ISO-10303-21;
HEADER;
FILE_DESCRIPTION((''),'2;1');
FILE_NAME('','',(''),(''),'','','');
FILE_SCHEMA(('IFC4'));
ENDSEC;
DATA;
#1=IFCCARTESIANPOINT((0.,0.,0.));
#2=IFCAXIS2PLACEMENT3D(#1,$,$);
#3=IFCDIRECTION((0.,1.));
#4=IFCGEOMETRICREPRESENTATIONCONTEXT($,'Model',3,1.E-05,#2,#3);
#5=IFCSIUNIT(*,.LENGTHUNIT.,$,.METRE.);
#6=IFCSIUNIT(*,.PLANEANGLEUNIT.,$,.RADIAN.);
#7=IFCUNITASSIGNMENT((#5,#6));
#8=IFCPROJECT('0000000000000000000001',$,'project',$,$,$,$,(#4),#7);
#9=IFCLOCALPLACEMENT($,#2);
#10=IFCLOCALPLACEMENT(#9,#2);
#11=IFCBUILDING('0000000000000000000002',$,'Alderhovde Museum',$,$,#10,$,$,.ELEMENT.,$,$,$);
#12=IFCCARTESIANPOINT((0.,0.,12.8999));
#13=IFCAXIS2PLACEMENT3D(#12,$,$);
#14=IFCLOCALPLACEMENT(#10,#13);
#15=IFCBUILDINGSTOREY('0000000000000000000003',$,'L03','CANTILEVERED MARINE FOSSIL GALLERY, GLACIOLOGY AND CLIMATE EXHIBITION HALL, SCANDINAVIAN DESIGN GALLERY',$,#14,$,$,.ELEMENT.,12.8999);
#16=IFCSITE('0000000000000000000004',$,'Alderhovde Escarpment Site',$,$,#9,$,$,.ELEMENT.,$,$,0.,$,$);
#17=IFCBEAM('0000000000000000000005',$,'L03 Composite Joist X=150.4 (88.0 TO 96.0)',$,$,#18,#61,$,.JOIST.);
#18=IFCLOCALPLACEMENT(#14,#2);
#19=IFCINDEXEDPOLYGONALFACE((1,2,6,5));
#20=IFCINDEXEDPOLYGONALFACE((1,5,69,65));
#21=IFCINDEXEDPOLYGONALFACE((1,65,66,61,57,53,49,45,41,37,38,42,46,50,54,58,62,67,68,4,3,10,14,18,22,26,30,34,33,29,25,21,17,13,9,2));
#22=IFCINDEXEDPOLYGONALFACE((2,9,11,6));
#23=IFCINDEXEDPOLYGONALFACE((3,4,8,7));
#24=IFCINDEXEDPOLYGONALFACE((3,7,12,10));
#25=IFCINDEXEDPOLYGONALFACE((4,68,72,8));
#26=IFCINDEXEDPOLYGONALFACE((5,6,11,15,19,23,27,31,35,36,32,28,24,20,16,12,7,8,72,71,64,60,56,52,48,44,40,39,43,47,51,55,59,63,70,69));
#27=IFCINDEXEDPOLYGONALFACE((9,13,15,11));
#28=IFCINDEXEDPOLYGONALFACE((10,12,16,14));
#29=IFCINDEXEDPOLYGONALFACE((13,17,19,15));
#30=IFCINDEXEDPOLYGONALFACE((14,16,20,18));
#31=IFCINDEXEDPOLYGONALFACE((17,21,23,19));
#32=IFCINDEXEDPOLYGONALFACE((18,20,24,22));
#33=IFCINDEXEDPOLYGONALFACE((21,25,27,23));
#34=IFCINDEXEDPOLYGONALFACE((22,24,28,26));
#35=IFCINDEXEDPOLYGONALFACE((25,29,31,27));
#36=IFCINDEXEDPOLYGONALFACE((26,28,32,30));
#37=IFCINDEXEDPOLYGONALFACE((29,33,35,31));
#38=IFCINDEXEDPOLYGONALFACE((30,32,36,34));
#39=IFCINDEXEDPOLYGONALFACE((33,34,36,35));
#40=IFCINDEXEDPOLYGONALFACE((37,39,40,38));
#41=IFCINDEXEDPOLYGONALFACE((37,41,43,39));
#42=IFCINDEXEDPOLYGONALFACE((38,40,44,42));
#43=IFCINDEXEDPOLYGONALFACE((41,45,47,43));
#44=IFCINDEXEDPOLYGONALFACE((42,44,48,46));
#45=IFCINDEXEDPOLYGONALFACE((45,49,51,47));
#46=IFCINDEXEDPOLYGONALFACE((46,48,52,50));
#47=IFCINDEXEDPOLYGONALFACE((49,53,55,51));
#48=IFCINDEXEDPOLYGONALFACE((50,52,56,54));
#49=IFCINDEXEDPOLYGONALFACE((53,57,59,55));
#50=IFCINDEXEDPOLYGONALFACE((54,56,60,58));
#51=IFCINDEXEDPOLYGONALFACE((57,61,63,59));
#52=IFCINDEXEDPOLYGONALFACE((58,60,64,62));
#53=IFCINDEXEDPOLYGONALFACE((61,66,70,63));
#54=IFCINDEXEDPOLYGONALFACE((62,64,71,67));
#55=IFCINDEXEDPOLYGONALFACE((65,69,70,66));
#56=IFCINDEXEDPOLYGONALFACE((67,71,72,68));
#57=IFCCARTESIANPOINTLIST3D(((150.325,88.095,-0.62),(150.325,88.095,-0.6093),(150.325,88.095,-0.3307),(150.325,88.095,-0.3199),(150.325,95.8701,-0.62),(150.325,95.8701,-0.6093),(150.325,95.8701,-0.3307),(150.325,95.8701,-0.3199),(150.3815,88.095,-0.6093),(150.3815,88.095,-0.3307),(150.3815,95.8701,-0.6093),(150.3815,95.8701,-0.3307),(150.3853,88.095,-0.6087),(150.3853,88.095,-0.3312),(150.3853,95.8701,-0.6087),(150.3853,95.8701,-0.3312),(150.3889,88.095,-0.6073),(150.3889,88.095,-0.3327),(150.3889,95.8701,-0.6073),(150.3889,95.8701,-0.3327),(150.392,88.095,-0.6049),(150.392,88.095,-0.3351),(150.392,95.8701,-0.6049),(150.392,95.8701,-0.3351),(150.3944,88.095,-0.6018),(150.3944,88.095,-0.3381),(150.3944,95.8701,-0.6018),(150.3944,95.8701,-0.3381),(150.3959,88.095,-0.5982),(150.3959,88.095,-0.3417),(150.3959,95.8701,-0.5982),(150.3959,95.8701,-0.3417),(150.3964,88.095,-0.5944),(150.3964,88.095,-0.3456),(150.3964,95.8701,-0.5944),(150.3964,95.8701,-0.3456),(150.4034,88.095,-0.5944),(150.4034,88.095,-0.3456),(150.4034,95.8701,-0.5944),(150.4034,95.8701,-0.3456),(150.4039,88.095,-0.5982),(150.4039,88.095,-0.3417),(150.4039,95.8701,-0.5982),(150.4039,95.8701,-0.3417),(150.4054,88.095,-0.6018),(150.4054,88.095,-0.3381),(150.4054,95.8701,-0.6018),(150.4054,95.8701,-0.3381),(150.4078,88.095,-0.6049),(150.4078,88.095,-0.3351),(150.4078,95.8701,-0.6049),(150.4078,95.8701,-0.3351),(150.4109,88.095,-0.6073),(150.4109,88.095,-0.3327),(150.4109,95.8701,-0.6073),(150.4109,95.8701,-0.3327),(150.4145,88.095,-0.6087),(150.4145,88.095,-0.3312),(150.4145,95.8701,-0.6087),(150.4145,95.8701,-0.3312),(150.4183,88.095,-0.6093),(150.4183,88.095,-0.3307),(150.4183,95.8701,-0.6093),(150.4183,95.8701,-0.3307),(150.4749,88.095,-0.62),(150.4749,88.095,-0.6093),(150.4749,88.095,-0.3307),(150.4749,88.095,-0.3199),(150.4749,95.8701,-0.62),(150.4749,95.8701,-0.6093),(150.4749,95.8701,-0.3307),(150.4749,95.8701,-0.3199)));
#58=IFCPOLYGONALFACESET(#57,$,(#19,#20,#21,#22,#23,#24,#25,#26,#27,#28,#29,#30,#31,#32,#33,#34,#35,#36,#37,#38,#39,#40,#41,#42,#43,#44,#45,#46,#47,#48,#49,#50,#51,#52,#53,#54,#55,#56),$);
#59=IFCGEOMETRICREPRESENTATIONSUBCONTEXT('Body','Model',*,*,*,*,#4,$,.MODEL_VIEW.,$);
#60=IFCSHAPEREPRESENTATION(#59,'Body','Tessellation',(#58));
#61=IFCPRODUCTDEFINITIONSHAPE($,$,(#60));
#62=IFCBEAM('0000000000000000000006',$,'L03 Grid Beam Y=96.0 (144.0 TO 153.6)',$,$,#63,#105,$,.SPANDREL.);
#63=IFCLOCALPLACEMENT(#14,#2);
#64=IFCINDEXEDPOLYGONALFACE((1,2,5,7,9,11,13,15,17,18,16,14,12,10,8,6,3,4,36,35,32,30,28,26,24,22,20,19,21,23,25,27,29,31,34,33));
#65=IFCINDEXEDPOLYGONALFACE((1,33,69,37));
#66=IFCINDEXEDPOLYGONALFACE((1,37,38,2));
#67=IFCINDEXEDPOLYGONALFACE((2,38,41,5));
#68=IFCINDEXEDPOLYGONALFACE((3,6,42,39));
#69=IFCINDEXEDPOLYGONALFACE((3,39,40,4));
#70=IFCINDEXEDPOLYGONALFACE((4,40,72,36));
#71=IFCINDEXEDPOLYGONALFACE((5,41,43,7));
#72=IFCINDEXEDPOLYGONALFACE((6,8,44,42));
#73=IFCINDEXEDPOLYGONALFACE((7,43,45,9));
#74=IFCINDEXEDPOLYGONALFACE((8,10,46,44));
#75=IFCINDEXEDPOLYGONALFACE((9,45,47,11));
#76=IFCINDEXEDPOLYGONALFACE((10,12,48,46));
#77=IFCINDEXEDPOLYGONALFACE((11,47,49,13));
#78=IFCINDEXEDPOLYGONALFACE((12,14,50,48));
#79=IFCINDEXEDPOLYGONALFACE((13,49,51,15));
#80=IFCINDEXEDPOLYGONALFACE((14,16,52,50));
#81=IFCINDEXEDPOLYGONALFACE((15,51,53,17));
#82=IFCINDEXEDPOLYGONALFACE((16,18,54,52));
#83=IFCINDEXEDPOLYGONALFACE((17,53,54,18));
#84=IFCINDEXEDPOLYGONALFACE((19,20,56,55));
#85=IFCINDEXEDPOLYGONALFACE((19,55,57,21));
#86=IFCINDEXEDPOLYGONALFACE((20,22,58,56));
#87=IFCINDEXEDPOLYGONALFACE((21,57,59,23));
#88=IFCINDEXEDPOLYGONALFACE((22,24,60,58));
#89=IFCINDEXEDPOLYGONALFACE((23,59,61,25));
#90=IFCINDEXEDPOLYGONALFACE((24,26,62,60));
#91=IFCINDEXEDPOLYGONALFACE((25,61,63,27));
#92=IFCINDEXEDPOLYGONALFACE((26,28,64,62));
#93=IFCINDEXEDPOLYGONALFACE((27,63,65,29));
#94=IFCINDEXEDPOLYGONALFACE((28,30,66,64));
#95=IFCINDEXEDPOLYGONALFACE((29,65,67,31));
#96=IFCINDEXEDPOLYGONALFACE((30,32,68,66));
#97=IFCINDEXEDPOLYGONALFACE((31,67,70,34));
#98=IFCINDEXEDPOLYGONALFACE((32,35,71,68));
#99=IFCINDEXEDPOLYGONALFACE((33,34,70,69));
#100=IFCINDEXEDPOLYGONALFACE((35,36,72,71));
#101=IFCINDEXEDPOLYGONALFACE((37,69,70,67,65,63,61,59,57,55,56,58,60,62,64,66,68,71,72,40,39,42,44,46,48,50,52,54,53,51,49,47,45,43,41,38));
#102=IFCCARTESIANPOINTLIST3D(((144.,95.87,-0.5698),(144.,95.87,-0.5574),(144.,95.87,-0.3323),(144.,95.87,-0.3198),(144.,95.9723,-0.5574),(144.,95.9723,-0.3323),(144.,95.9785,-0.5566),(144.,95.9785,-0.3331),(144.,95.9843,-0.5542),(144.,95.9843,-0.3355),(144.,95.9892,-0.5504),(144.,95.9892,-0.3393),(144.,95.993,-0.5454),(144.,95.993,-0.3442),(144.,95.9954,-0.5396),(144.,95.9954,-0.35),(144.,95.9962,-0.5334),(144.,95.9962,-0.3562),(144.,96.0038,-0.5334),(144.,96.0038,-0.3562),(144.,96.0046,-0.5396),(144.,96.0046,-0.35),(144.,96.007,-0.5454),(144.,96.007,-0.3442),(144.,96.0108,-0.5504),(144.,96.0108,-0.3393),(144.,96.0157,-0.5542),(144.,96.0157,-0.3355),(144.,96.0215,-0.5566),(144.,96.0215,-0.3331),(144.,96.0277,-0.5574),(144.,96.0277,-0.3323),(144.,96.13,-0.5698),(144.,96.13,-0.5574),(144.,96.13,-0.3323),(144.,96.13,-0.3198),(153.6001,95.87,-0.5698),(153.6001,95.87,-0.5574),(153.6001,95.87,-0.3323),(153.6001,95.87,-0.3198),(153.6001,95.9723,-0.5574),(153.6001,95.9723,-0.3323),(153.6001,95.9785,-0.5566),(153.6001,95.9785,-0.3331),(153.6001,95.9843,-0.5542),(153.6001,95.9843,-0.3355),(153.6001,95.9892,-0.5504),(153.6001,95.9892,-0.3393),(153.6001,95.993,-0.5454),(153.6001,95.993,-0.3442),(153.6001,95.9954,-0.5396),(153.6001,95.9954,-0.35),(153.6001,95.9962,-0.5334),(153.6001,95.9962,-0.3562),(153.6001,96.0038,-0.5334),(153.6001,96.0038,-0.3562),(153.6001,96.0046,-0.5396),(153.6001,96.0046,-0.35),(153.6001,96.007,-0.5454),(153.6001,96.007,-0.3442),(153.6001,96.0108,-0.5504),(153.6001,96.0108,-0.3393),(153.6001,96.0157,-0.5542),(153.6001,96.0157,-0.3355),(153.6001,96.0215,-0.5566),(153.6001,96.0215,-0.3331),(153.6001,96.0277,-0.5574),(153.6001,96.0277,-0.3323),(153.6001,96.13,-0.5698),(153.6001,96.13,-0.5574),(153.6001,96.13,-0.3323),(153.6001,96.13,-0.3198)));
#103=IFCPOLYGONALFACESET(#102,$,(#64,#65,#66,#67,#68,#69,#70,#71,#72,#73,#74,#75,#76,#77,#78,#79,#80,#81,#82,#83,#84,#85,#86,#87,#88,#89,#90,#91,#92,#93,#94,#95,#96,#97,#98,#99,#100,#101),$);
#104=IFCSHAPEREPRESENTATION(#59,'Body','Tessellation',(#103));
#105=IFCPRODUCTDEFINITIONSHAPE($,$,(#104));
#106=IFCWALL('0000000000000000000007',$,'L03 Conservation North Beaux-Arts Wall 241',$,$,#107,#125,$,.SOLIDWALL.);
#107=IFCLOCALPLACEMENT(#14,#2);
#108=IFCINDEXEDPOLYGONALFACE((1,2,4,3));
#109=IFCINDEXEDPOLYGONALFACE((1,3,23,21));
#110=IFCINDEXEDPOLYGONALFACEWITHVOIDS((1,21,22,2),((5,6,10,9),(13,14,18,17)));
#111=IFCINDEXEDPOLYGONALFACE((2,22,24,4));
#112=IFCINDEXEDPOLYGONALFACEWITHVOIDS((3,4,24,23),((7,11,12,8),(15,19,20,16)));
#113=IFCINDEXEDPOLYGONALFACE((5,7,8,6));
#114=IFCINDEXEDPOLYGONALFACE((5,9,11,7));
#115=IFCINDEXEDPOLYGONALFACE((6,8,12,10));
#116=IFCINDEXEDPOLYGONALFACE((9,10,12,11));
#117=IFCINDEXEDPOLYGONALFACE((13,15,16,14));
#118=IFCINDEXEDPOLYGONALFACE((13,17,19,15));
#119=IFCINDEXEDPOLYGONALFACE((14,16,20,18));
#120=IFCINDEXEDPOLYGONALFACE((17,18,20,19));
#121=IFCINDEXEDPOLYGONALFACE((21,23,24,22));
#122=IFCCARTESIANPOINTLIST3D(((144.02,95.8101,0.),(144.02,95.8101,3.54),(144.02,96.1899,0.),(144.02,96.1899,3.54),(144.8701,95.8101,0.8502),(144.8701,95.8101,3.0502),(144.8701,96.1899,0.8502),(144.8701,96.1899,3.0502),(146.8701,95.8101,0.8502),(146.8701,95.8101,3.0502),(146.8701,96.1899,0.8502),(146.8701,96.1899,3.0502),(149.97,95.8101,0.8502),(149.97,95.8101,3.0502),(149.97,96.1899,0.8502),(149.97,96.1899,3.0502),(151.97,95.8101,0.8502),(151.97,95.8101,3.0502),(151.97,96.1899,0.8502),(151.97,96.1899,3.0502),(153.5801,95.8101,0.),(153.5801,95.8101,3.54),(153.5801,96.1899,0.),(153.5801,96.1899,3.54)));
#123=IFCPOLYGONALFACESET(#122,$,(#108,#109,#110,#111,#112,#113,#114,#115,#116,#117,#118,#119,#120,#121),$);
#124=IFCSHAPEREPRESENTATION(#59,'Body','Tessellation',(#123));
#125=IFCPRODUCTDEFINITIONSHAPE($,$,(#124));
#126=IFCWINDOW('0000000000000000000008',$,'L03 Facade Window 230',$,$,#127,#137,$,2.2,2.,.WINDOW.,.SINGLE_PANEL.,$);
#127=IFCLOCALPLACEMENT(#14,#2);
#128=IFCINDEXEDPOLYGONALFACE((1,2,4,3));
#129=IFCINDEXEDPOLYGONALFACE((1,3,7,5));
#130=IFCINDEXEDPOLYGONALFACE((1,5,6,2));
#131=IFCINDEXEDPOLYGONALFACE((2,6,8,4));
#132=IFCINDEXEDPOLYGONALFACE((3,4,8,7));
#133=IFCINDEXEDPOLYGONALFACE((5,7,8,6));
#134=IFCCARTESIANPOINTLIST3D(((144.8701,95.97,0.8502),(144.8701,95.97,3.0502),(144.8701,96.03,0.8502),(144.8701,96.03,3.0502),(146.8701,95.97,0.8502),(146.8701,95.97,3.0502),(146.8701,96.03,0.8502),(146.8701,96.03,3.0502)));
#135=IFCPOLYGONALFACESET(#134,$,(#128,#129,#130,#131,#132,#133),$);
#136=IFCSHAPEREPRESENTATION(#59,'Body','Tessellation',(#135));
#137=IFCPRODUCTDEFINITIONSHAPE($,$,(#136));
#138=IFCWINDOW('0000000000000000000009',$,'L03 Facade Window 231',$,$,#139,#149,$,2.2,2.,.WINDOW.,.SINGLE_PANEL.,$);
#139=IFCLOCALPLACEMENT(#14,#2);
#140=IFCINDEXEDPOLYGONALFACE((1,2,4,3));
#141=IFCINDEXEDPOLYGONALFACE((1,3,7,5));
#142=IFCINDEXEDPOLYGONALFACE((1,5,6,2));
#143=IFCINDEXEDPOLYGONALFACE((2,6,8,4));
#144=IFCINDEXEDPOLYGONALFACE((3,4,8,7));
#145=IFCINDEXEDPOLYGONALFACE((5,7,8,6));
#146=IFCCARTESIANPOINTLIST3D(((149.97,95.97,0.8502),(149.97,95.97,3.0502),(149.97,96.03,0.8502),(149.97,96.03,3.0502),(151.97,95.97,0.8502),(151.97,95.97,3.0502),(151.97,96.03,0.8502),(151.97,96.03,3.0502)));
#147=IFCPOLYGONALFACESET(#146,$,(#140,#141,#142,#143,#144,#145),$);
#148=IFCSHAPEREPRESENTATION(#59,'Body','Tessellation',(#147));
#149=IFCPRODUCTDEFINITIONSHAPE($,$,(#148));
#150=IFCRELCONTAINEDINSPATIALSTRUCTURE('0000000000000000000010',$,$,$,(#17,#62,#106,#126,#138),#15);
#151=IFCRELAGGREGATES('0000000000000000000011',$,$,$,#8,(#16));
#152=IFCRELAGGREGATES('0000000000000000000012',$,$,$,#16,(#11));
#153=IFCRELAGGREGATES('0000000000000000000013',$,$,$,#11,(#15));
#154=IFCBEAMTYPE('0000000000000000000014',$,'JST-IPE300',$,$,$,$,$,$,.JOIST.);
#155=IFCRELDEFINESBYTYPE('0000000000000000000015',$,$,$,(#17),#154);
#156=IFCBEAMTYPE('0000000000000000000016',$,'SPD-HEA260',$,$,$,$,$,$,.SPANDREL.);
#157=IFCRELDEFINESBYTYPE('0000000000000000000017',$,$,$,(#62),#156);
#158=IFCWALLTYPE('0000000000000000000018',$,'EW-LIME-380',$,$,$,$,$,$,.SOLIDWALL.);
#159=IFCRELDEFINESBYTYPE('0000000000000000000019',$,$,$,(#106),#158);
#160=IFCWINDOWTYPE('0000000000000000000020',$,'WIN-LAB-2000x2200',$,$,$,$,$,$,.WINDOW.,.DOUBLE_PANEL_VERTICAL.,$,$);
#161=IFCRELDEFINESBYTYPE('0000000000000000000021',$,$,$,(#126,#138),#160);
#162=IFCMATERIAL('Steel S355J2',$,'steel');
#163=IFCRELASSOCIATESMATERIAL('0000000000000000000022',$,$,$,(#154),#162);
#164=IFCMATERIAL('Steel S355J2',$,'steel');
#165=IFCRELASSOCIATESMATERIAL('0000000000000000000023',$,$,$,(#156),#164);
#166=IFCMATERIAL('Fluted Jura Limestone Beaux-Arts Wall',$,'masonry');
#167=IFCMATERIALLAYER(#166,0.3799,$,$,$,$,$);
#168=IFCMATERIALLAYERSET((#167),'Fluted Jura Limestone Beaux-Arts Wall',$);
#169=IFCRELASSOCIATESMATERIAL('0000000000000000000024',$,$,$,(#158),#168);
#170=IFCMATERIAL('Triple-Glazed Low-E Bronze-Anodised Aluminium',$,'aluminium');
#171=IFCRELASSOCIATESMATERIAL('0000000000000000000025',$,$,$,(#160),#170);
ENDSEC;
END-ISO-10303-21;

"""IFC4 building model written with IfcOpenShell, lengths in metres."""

from ifc_helpers import new_model, si_unit, direction, frame, frame_2d, origin, origin_2d, place, context, subcontext, project, spatial, rectangle, i_section, extrude, material, layer, layer_set, material_profile, profile_set, type_object, element, fill, save


model = new_model("IFC4")

# Units and contexts
model_context = context("Model", 3, precision=1e-05, world=origin(), true_north=direction((0.0, 1.0)))
body_context = subcontext(model_context, "Body", "Model", "MODEL_VIEW")
ifc_project = project(units=[si_unit("LENGTHUNIT", "METRE"), si_unit("PLANEANGLEUNIT", "RADIAN")], contexts=[model_context])

# Site, building, storey
site_placement = place(None, origin())
site = spatial("IfcSite", under=ifc_project, at=site_placement, Name="Alderhovde Escarpment Site", CompositionType="ELEMENT", RefElevation=0.0)
building_placement = place(site_placement, origin())
building = spatial("IfcBuilding", under=site, at=building_placement, Name="Alderhovde Museum", CompositionType="ELEMENT")
storey_placement = place(building_placement, frame((0.0, 0.0, 12.8999)))
storey = spatial("IfcBuildingStorey", under=building, at=storey_placement, Name="L03", Description="CANTILEVERED MARINE FOSSIL GALLERY, GLACIOLOGY AND CLIMATE EXHIBITION HALL, SCANDINAVIAN DESIGN GALLERY", CompositionType="ELEMENT", Elevation=12.8999)

# Beams
ifc_material_1 = material(Name="Steel S355J2", Category="steel")
ifc_material_profile_1 = material_profile(ifc_material_1, i_section(OverallWidth=0.1499, OverallDepth=0.3, WebThickness=0.0071, FlangeThickness=0.0107, FilletRadius=0.0149, at=origin_2d()), Name="IPE 300")
ifc_profile_set_1 = profile_set([ifc_material_profile_1], Name="Steel S355J2")
beam_type_1 = type_object("IfcBeamType", Name="JST-IPE300", PredefinedType="JOIST", material=ifc_profile_set_1)
for number, where, z_axis, x_axis, name in (
    (1, (150.3999, 88.095, -0.47), (0.0, 1.0, 0.0), (-1.0, 0.0, 0.0), "L03 Composite Joist X=150.4 (88.0 TO 96.0)"),
):
    element("IfcBeam", number, at=place(storey_placement, frame(where, z_axis=z_axis, x_axis=x_axis)), inside=storey, type_object=beam_type_1, Name=name, PredefinedType="JOIST", context=body_context, shape_type="SweptSolid", body=[
        extrude(i_section(OverallWidth=0.1499, OverallDepth=0.3, WebThickness=0.0071, FlangeThickness=0.0107, FilletRadius=0.0149, at=origin_2d()), origin(), (0.0, 0.0, 1.0), 7.7751),
    ])
ifc_material_2 = material(Name="Steel S355J2", Category="steel")
ifc_material_profile_2 = material_profile(ifc_material_2, i_section(OverallWidth=0.26, OverallDepth=0.25, WebThickness=0.0076, FlangeThickness=0.0125, FilletRadius=0.0239, at=origin_2d()), Name="HEA 260")
ifc_profile_set_2 = profile_set([ifc_material_profile_2], Name="Steel S355J2")
beam_type_2 = type_object("IfcBeamType", Name="SPD-HEA260", PredefinedType="SPANDREL", material=ifc_profile_set_2)
beam_1_placement = place(storey_placement, frame((144.0, 96.0, -0.4448), z_axis=(1.0, 0.0, 0.0), x_axis=(0.0, 1.0, 0.0)))
element("IfcBeam", 2, at=beam_1_placement, inside=storey, type_object=beam_type_2, Name="L03 Grid Beam Y=96.0 (144.0 TO 153.6)", PredefinedType="SPANDREL", context=body_context, shape_type="SweptSolid", body=[
    extrude(i_section(OverallWidth=0.26, OverallDepth=0.25, WebThickness=0.0076, FlangeThickness=0.0125, FilletRadius=0.0239, at=origin_2d()), origin(), (0.0, 0.0, 1.0), 9.6001),
])

# Wall, openings, windows
ifc_material_3 = material(Name="Fluted Jura Limestone Beaux-Arts Wall", Category="masonry")
ifc_layer_1 = layer(ifc_material_3, 0.3799)
ifc_layer_set_1 = layer_set([ifc_layer_1], Name="Fluted Jura Limestone Beaux-Arts Wall")
wall_type_1 = type_object("IfcWallType", Name="EW-LIME-380", PredefinedType="SOLIDWALL", material=ifc_layer_set_1)
wall_1_placement = place(storey_placement, frame((144.02, 96.0, 0.0), z_axis=(0.0, 0.0, 1.0), x_axis=(1.0, 0.0, 0.0)))
wall_1 = element("IfcWall", 3, at=wall_1_placement, inside=storey, type_object=wall_type_1, Name="L03 Conservation North Beaux-Arts Wall 241", PredefinedType="SOLIDWALL", context=body_context, shape_type="SweptSolid", body=[
    extrude(rectangle(XDim=9.5601, YDim=0.3799, at=frame_2d((4.78, 0.0))), origin(), (0.0, 0.0, 1.0), 3.54),
])
opening_1_placement = place(wall_1_placement, frame((0.8501, 0.0, 0.8501)))
opening_1 = element("IfcOpeningElement", 4, at=opening_1_placement, cuts=wall_1, PredefinedType="OPENING", context=body_context, shape_type="SweptSolid", body=[
    extrude(rectangle(XDim=2.0, YDim=2.2, at=frame_2d((1.0, 1.1001))), frame((0.0, 0.2, 0.0), z_axis=(0.0, -1.0, 0.0), x_axis=(1.0, 0.0, 0.0)), (0.0, 0.0, 1.0), 0.3999),
])
opening_2_placement = place(wall_1_placement, frame((5.95, 0.0, 0.8501)))
opening_2 = element("IfcOpeningElement", 5, at=opening_2_placement, cuts=wall_1, PredefinedType="OPENING", context=body_context, shape_type="SweptSolid", body=[
    extrude(rectangle(XDim=2.0, YDim=2.2, at=frame_2d((1.0, 1.1001))), frame((0.0, 0.2, 0.0), z_axis=(0.0, -1.0, 0.0), x_axis=(1.0, 0.0, 0.0)), (0.0, 0.0, 1.0), 0.3999),
])
ifc_material_4 = material(Name="Triple-Glazed Low-E Bronze-Anodised Aluminium", Category="aluminium")
window_type = type_object("IfcWindowType", Name="WIN-LAB-2000x2200", PartitioningType="DOUBLE_PANEL_VERTICAL", PredefinedType="WINDOW", material=ifc_material_4)
window_1_placement = place(opening_1_placement, origin())
window_1 = element("IfcWindow", 6, at=window_1_placement, inside=storey, type_object=window_type, Name="L03 Facade Window 230", OverallHeight=2.2, OverallWidth=2.0, PartitioningType="SINGLE_PANEL", PredefinedType="WINDOW", context=body_context, shape_type="SweptSolid", body=[
    extrude(rectangle(XDim=2.0, YDim=2.2, at=frame_2d((1.0, 1.1001))), frame((0.0, 0.03, 0.0), z_axis=(0.0, -1.0, 0.0), x_axis=(1.0, 0.0, 0.0)), (0.0, 0.0, 1.0), 0.0601),
])
fill(opening_1, window_1)
window_2_placement = place(opening_2_placement, origin())
window_2 = element("IfcWindow", 7, at=window_2_placement, inside=storey, type_object=window_type, Name="L03 Facade Window 231", OverallHeight=2.2, OverallWidth=2.0, PartitioningType="SINGLE_PANEL", PredefinedType="WINDOW", context=body_context, shape_type="SweptSolid", body=[
    extrude(rectangle(XDim=2.0, YDim=2.2, at=frame_2d((1.0, 1.1001))), frame((0.0, 0.03, 0.0), z_axis=(0.0, -1.0, 0.0), x_axis=(1.0, 0.0, 0.0)), (0.0, 0.0, 1.0), 0.0601),
])
fill(opening_2, window_2)

save(model, "model.ifc")
